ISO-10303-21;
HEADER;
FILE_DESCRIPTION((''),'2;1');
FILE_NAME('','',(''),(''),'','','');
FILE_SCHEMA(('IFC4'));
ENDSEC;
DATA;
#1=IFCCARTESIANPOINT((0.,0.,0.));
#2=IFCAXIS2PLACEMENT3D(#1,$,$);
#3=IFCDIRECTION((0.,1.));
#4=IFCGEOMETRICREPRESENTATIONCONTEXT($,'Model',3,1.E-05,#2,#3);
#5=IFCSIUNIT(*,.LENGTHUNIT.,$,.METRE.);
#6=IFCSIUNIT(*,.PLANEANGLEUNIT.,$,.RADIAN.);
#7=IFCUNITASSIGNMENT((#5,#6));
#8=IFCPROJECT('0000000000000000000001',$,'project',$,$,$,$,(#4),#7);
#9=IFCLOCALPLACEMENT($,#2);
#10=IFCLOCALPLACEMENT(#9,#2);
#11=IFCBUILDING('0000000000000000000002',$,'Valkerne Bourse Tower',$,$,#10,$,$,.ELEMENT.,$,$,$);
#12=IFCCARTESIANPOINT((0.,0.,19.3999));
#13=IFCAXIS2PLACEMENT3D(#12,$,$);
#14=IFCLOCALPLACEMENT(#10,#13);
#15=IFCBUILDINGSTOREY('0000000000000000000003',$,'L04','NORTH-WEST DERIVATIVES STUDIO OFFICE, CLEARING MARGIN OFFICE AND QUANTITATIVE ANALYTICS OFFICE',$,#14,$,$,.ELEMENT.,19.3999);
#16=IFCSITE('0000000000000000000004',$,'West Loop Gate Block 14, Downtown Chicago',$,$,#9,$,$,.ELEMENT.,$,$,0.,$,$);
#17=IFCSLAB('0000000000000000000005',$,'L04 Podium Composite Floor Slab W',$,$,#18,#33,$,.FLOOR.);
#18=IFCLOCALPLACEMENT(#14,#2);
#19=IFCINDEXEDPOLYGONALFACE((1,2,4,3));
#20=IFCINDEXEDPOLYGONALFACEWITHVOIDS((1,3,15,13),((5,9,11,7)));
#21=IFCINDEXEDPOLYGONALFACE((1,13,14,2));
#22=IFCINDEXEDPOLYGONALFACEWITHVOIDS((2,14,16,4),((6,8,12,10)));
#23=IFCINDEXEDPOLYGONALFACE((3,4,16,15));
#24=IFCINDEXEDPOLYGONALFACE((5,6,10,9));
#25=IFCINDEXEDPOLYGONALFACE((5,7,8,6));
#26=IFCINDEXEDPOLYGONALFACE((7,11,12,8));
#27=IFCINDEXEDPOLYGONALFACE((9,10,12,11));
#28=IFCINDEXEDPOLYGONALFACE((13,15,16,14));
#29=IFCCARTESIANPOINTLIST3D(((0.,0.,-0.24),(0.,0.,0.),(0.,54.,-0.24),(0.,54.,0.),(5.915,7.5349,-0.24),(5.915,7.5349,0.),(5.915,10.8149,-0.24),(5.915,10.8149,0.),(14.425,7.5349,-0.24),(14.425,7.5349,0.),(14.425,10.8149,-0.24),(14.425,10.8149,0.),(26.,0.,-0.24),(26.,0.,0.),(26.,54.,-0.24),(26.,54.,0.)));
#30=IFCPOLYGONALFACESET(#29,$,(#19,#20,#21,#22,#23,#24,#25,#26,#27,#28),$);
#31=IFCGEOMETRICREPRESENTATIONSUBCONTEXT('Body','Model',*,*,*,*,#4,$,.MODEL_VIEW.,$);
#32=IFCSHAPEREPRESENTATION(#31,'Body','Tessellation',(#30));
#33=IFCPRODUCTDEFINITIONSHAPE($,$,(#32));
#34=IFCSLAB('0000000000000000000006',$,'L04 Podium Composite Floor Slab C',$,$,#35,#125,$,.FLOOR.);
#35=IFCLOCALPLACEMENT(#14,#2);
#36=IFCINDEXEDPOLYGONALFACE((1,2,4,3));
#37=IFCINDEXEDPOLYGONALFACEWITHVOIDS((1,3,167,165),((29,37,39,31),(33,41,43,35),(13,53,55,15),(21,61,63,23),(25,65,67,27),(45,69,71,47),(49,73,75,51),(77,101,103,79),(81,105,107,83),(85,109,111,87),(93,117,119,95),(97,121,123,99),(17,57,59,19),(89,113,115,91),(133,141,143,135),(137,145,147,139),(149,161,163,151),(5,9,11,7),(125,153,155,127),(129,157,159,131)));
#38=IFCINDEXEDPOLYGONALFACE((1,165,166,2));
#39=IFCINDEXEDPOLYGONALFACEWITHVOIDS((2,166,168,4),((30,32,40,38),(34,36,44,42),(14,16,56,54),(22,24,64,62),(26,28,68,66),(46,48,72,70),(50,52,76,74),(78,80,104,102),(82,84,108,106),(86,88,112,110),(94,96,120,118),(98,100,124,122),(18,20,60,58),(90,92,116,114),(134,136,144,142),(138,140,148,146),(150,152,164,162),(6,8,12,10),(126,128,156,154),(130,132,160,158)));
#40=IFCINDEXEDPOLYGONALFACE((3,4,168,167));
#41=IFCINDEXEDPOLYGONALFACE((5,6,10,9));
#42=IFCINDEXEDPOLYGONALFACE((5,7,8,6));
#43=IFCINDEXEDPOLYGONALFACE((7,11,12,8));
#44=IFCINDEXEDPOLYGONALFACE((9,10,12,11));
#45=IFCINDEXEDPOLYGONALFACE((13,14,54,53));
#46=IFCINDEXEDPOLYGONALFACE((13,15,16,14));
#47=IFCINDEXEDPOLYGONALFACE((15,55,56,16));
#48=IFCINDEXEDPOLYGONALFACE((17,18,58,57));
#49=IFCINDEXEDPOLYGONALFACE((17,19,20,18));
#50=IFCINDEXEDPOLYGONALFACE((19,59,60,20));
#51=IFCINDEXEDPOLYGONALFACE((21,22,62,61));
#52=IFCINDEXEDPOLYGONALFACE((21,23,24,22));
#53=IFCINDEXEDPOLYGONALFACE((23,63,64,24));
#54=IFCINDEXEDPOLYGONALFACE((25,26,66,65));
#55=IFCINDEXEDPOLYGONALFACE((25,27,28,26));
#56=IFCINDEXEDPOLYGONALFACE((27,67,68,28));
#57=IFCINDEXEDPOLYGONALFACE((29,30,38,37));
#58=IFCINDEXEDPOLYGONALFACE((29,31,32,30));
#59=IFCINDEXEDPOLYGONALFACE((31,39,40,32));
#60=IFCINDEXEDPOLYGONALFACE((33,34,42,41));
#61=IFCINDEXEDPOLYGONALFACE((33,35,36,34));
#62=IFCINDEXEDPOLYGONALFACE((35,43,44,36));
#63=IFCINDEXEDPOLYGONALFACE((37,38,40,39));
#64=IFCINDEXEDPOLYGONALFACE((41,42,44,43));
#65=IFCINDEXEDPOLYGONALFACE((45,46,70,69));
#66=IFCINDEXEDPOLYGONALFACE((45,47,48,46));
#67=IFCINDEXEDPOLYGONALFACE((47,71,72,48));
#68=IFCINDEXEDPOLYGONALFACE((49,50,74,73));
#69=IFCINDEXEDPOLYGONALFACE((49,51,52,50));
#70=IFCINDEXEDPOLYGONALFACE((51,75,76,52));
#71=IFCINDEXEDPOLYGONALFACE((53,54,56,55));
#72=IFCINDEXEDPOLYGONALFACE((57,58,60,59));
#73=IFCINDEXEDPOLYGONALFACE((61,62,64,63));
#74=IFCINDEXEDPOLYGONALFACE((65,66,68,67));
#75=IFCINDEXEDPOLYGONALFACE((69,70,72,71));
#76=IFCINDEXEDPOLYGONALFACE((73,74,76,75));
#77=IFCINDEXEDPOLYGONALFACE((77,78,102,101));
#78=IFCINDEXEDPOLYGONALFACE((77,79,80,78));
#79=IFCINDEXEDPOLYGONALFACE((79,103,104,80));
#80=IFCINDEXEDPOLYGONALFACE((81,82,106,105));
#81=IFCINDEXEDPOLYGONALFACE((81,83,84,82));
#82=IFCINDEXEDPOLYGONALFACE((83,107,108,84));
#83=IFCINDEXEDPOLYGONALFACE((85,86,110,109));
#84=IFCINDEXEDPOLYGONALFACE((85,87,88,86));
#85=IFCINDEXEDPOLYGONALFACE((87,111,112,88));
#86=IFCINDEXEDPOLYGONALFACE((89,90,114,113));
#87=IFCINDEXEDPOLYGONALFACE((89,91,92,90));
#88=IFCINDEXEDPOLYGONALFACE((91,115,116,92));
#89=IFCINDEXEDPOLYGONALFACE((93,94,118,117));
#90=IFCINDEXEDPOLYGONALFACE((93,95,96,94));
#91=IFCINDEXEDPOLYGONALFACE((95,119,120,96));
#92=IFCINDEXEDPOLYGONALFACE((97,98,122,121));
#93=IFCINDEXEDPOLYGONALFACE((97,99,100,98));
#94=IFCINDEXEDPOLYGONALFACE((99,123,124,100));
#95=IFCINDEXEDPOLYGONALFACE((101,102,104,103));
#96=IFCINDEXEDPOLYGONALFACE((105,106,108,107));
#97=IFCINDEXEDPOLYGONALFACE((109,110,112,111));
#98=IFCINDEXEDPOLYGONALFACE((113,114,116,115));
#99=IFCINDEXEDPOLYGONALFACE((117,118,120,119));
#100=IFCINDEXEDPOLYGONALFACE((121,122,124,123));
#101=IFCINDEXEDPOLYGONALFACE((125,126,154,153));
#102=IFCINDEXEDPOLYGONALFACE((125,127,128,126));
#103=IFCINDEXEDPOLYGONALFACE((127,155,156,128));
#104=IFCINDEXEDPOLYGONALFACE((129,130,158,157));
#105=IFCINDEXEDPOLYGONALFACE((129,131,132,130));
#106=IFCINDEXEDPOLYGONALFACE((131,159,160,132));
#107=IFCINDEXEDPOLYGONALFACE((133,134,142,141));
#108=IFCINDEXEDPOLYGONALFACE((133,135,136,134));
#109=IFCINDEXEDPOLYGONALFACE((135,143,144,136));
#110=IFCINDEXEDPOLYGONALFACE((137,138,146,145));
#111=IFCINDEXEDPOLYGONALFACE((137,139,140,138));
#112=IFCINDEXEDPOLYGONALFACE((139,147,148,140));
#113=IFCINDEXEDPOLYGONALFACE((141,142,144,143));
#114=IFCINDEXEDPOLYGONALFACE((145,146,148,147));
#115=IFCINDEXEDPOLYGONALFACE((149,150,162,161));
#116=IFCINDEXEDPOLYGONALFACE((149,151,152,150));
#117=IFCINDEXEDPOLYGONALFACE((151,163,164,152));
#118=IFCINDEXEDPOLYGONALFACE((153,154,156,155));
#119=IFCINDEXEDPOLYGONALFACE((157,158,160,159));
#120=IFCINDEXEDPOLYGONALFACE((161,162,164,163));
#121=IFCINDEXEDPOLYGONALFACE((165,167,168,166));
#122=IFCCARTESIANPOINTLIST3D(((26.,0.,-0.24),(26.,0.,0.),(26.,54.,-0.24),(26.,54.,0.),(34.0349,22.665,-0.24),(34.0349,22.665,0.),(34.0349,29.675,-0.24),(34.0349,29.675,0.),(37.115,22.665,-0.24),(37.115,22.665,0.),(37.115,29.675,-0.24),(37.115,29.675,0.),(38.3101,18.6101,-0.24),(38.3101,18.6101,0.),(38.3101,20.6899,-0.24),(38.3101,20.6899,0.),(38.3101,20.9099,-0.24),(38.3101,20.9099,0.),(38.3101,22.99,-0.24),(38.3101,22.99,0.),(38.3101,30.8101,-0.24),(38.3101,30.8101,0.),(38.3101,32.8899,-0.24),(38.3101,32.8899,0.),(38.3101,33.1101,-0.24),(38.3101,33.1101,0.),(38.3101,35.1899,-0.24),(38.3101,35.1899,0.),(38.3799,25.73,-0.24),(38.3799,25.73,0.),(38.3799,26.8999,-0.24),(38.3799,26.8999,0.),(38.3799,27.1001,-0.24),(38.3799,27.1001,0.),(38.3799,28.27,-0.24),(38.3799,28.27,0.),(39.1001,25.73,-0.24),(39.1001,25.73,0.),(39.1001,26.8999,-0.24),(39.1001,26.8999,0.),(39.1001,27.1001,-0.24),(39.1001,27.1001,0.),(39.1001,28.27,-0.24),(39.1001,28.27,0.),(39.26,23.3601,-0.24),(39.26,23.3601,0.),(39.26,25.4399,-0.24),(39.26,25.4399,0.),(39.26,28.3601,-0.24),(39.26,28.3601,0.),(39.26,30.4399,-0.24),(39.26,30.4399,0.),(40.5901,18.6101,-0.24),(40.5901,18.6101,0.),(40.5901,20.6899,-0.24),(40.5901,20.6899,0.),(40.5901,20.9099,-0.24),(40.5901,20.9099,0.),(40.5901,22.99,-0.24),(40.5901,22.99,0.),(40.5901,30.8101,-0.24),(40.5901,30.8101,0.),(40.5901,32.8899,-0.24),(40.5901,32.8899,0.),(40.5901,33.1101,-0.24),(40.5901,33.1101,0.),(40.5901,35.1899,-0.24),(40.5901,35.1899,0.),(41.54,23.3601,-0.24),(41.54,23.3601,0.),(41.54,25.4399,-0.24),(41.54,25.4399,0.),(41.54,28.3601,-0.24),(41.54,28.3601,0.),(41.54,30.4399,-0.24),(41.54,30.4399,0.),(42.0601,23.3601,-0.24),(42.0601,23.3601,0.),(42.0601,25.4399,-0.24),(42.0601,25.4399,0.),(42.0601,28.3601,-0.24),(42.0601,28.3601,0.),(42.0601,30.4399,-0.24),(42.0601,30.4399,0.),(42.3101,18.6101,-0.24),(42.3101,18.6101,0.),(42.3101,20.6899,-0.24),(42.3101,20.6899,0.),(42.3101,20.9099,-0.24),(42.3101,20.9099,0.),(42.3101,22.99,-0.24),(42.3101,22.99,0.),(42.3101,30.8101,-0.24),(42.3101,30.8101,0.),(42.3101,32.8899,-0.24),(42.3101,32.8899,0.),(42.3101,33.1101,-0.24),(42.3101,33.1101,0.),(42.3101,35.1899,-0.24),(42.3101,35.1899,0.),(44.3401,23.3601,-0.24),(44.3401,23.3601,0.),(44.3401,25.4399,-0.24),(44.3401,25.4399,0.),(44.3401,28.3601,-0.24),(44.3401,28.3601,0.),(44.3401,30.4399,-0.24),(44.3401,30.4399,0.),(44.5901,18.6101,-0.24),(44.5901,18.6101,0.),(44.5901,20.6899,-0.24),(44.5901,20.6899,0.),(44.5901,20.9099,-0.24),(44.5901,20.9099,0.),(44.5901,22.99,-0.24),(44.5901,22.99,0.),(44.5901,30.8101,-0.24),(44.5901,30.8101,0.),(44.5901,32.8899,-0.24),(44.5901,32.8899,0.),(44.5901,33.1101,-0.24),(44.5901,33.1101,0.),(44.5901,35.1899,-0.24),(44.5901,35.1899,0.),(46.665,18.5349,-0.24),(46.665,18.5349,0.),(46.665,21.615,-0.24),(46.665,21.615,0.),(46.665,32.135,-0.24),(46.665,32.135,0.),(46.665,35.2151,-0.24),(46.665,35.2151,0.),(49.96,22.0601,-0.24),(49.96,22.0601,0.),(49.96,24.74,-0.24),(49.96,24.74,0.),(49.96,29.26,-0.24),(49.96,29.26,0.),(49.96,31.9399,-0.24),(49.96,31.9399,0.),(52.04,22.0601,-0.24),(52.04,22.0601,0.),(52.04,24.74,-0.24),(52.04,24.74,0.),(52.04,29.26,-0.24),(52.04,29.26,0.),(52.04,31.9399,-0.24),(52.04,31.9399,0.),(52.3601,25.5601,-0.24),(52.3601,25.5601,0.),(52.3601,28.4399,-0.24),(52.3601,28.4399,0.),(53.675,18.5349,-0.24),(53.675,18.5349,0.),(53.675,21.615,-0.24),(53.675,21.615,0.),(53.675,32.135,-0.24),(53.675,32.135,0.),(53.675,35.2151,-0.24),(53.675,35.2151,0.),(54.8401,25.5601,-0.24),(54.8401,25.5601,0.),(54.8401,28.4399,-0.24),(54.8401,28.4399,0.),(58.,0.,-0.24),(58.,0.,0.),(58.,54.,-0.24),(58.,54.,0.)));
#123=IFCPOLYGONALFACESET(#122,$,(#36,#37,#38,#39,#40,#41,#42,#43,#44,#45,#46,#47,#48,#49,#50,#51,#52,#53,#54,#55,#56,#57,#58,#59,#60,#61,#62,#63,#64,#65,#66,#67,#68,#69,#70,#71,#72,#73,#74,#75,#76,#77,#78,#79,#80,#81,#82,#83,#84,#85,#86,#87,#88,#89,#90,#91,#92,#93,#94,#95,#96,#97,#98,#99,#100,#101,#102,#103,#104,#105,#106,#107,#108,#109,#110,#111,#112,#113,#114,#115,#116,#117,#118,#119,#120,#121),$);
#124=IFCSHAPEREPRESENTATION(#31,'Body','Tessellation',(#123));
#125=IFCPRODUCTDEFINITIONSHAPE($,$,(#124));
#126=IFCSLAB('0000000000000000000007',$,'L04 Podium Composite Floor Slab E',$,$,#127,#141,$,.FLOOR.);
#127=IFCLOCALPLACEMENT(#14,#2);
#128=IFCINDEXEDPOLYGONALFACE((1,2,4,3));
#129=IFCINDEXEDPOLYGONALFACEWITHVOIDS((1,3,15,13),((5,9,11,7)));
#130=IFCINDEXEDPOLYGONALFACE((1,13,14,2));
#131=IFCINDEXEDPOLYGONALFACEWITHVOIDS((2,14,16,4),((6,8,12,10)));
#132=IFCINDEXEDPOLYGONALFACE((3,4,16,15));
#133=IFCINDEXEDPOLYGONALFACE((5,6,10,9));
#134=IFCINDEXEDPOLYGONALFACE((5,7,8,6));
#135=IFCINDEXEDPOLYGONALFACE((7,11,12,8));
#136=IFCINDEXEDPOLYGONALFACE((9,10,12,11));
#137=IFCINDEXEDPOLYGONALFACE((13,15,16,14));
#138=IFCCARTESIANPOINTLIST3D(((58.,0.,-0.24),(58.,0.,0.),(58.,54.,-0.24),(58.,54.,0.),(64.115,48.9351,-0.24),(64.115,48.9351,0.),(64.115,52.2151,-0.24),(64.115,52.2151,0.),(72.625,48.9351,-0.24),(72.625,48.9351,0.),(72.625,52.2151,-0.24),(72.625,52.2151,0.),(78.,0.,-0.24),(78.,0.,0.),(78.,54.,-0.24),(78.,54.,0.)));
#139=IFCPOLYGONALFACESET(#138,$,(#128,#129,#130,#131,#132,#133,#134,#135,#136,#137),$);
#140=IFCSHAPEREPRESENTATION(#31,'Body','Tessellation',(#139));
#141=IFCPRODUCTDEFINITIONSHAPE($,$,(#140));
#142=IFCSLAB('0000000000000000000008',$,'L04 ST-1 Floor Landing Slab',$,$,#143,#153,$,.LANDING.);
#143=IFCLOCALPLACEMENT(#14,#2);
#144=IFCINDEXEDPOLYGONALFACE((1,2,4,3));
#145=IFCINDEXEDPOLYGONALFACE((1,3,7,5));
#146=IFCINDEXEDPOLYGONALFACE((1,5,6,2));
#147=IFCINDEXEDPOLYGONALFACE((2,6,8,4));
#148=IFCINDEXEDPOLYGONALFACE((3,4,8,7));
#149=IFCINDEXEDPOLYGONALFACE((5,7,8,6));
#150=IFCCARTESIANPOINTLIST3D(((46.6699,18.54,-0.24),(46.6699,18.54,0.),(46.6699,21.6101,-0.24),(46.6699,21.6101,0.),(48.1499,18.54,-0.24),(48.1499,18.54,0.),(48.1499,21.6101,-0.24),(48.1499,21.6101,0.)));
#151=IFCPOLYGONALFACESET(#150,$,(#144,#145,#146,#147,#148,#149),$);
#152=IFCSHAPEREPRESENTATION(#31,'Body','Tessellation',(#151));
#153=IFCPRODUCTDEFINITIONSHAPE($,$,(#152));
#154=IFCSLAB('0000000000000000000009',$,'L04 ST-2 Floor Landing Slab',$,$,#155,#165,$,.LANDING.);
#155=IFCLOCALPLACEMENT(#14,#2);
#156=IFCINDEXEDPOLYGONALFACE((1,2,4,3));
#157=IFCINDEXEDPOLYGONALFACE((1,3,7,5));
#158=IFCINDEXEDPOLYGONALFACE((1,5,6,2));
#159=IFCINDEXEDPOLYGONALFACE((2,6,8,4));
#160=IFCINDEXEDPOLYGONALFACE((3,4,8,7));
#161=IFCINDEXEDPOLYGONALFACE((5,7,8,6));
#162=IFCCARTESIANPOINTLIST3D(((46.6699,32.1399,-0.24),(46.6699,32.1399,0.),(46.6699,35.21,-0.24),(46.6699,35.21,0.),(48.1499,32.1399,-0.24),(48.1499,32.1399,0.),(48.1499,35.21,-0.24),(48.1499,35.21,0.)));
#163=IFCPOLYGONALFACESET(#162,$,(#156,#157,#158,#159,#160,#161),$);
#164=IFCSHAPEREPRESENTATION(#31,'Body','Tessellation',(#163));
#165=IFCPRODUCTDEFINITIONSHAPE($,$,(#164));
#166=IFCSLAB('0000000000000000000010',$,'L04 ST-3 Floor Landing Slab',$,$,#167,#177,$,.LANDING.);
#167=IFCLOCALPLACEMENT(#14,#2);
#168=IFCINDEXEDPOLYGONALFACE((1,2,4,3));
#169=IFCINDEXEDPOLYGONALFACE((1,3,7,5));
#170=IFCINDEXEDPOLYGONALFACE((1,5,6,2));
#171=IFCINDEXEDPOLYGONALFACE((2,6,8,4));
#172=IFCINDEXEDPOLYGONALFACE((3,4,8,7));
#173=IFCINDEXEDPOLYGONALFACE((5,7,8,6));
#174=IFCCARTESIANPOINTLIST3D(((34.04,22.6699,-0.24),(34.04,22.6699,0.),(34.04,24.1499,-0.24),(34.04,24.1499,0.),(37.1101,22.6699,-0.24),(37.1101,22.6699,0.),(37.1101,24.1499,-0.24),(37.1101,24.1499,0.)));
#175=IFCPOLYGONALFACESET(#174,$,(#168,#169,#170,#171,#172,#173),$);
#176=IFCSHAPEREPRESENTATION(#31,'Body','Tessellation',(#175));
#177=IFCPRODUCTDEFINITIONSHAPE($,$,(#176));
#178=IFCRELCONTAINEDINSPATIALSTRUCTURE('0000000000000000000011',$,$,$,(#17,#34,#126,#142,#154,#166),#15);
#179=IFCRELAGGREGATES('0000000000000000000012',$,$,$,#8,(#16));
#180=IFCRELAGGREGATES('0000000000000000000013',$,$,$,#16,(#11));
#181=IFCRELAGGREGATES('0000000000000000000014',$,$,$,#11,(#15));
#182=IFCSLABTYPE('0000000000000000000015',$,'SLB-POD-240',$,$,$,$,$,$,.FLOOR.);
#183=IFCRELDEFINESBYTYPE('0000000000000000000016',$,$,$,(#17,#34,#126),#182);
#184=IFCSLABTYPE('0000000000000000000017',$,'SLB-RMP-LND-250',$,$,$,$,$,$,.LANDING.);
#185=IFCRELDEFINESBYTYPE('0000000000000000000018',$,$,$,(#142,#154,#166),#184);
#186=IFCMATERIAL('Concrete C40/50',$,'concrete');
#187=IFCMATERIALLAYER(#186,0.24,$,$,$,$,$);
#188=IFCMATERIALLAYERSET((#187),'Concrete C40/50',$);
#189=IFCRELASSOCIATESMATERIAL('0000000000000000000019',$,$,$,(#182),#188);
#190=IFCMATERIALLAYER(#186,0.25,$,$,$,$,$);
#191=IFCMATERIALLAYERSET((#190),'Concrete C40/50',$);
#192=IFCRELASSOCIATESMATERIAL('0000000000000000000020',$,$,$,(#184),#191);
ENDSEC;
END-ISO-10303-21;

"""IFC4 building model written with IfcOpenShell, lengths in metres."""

from ifc_helpers import new_model, si_unit, direction, frame, origin, place, context, subcontext, project, spatial, polyline, outline, extrude, material, layer, layer_set, type_object, element, save


model = new_model("IFC4")

# Units and contexts
model_context = context("Model", 3, precision=1e-05, world=origin(), true_north=direction((0.0, 1.0)))
body_context = subcontext(model_context, "Body", "Model", "MODEL_VIEW")
ifc_project = project(units=[si_unit("LENGTHUNIT", "METRE"), si_unit("PLANEANGLEUNIT", "RADIAN")], contexts=[model_context])

# Site, building, storey
site_placement = place(None, origin())
site = spatial("IfcSite", under=ifc_project, at=site_placement, Name="West Loop Gate Block 14, Downtown Chicago", CompositionType="ELEMENT", RefElevation=0.0)
building_placement = place(site_placement, origin())
building = spatial("IfcBuilding", under=site, at=building_placement, Name="Valkerne Bourse Tower", CompositionType="ELEMENT")
storey_placement = place(building_placement, frame((0.0, 0.0, 19.3999)))
storey = spatial("IfcBuildingStorey", under=building, at=storey_placement, Name="L04", Description="NORTH-WEST DERIVATIVES STUDIO OFFICE, CLEARING MARGIN OFFICE AND QUANTITATIVE ANALYTICS OFFICE", CompositionType="ELEMENT", Elevation=19.3999)

# Slabs
ifc_material_1 = material(Name="Concrete C40/50", Category="concrete")
ifc_layer_1 = layer(ifc_material_1, 0.24)
ifc_layer_set_1 = layer_set([ifc_layer_1], Name="Concrete C40/50")
slab_type_1 = type_object("IfcSlabType", Name="SLB-POD-240", PredefinedType="FLOOR", material=ifc_layer_set_1)
slab_1_placement = place(storey_placement, frame((0.0, 0.0, -0.24)))
element("IfcSlab", 1, at=slab_1_placement, inside=storey, type_object=slab_type_1, Name="L04 Podium Composite Floor Slab W", PredefinedType="FLOOR", context=body_context, shape_type="SweptSolid", body=[
    extrude(outline(polyline([(0.0, 0.0), (0.0, 54.0), (26.0, 54.0), (26.0, 0.0), (0.0, 0.0)]), holes=[polyline([(14.425, 7.5349), (14.425, 10.8149), (5.915, 10.8149), (5.915, 7.5349), (14.425, 7.5349)])]), origin(), (0.0, 0.0, 1.0), 0.24),
])
slab_2_placement = place(storey_placement, frame((0.0, 0.0, -0.24)))
element("IfcSlab", 2, at=slab_2_placement, inside=storey, type_object=slab_type_1, Name="L04 Podium Composite Floor Slab C", PredefinedType="FLOOR", context=body_context, shape_type="SweptSolid", body=[
    extrude(outline(polyline([(26.0, 0.0), (26.0, 54.0), (58.0, 54.0), (58.0, 0.0), (26.0, 0.0)]), holes=[polyline([(40.5901, 18.6101), (40.5901, 20.6899), (38.3101, 20.6899), (38.3101, 18.6101), (40.5901, 18.6101)]), polyline([(40.5901, 20.9099), (40.5901, 22.99), (38.3101, 22.99), (38.3101, 20.9099), (40.5901, 20.9099)]), polyline([(39.26, 23.3601), (41.54, 23.3601), (41.54, 25.4399), (39.26, 25.4399), (39.26, 23.3601)]), polyline([(37.115, 22.665), (37.115, 29.675), (34.0349, 29.675), (34.0349, 22.665), (37.115, 22.665)]), polyline([(39.1001, 25.73), (39.1001, 26.8999), (38.3799, 26.8999), (38.3799, 25.73), (39.1001, 25.73)]), polyline([(38.3799, 27.1001), (39.1001, 27.1001), (39.1001, 28.27), (38.3799, 28.27), (38.3799, 27.1001)]), polyline([(39.26, 28.3601), (41.54, 28.3601), (41.54, 30.4399), (39.26, 30.4399), (39.26, 28.3601)]), polyline([(44.3401, 28.3601), (44.3401, 30.4399), (42.0601, 30.4399), (42.0601, 28.3601), (44.3401, 28.3601)]), polyline([(38.3101, 30.8101), (40.5901, 30.8101), (40.5901, 32.8899), (38.3101, 32.8899), (38.3101, 30.8101)]), polyline([(38.3101, 33.1101), (40.5901, 33.1101), (40.5901, 35.1899), (38.3101, 35.1899), (38.3101, 33.1101)]), polyline([(44.5901, 18.6101), (44.5901, 20.6899), (42.3101, 20.6899), (42.3101, 18.6101), (44.5901, 18.6101)]), polyline([(53.675, 18.5349), (53.675, 21.615), (46.665, 21.615), (46.665, 18.5349), (53.675, 18.5349)]), polyline([(44.5901, 20.9099), (44.5901, 22.99), (42.3101, 22.99), (42.3101, 20.9099), (44.5901, 20.9099)]), polyline([(49.96, 22.0601), (52.04, 22.0601), (52.04, 24.74), (49.96, 24.74), (49.96, 22.0601)]), polyline([(42.0601, 23.3601), (44.3401, 23.3601), (44.3401, 25.4399), (42.0601, 25.4399), (42.0601, 23.3601)]), polyline([(54.8401, 25.5601), (54.8401, 28.4399), (52.3601, 28.4399), (52.3601, 25.5601), (54.8401, 25.5601)]), polyline([(49.96, 29.26), (52.04, 29.26), (52.04, 31.9399), (49.96, 31.9399), (49.96, 29.26)]), polyline([(42.3101, 30.8101), (44.5901, 30.8101), (44.5901, 32.8899), (42.3101, 32.8899), (42.3101, 30.8101)]), polyline([(53.675, 32.135), (53.675, 35.2151), (46.665, 35.2151), (46.665, 32.135), (53.675, 32.135)]), polyline([(42.3101, 33.1101), (44.5901, 33.1101), (44.5901, 35.1899), (42.3101, 35.1899), (42.3101, 33.1101)])]), origin(), (0.0, 0.0, 1.0), 0.24),
])
slab_3_placement = place(storey_placement, frame((0.0, 0.0, -0.24)))
element("IfcSlab", 3, at=slab_3_placement, inside=storey, type_object=slab_type_1, Name="L04 Podium Composite Floor Slab E", PredefinedType="FLOOR", context=body_context, shape_type="SweptSolid", body=[
    extrude(outline(polyline([(58.0, 0.0), (58.0, 54.0), (78.0, 54.0), (78.0, 0.0), (58.0, 0.0)]), holes=[polyline([(64.115, 48.9351), (72.625, 48.9351), (72.625, 52.2151), (64.115, 52.2151), (64.115, 48.9351)])]), origin(), (0.0, 0.0, 1.0), 0.24),
])
ifc_layer_2 = layer(ifc_material_1, 0.25)
ifc_layer_set_2 = layer_set([ifc_layer_2], Name="Concrete C40/50")
slab_type_2 = type_object("IfcSlabType", Name="SLB-RMP-LND-250", PredefinedType="LANDING", material=ifc_layer_set_2)
slab_4_placement = place(storey_placement, frame((0.0, 0.0, -0.24)))
element("IfcSlab", 4, at=slab_4_placement, inside=storey, type_object=slab_type_2, Name="L04 ST-1 Floor Landing Slab", PredefinedType="LANDING", context=body_context, shape_type="SweptSolid", body=[
    extrude(outline(polyline([(46.6699, 18.54), (48.1499, 18.54), (48.1499, 21.6101), (46.6699, 21.6101), (46.6699, 18.54)])), origin(), (0.0, 0.0, 1.0), 0.24),
])
slab_5_placement = place(storey_placement, frame((0.0, 0.0, -0.24)))
element("IfcSlab", 5, at=slab_5_placement, inside=storey, type_object=slab_type_2, Name="L04 ST-2 Floor Landing Slab", PredefinedType="LANDING", context=body_context, shape_type="SweptSolid", body=[
    extrude(outline(polyline([(46.6699, 32.1399), (48.1499, 32.1399), (48.1499, 35.21), (46.6699, 35.21), (46.6699, 32.1399)])), origin(), (0.0, 0.0, 1.0), 0.24),
])
slab_6_placement = place(storey_placement, frame((0.0, 0.0, -0.24)))
element("IfcSlab", 6, at=slab_6_placement, inside=storey, type_object=slab_type_2, Name="L04 ST-3 Floor Landing Slab", PredefinedType="LANDING", context=body_context, shape_type="SweptSolid", body=[
    extrude(outline(polyline([(37.1101, 22.6699), (37.1101, 24.1499), (34.04, 24.1499), (34.04, 22.6699), (37.1101, 22.6699)])), origin(), (0.0, 0.0, 1.0), 0.24),
])

save(model, "model.ifc")
